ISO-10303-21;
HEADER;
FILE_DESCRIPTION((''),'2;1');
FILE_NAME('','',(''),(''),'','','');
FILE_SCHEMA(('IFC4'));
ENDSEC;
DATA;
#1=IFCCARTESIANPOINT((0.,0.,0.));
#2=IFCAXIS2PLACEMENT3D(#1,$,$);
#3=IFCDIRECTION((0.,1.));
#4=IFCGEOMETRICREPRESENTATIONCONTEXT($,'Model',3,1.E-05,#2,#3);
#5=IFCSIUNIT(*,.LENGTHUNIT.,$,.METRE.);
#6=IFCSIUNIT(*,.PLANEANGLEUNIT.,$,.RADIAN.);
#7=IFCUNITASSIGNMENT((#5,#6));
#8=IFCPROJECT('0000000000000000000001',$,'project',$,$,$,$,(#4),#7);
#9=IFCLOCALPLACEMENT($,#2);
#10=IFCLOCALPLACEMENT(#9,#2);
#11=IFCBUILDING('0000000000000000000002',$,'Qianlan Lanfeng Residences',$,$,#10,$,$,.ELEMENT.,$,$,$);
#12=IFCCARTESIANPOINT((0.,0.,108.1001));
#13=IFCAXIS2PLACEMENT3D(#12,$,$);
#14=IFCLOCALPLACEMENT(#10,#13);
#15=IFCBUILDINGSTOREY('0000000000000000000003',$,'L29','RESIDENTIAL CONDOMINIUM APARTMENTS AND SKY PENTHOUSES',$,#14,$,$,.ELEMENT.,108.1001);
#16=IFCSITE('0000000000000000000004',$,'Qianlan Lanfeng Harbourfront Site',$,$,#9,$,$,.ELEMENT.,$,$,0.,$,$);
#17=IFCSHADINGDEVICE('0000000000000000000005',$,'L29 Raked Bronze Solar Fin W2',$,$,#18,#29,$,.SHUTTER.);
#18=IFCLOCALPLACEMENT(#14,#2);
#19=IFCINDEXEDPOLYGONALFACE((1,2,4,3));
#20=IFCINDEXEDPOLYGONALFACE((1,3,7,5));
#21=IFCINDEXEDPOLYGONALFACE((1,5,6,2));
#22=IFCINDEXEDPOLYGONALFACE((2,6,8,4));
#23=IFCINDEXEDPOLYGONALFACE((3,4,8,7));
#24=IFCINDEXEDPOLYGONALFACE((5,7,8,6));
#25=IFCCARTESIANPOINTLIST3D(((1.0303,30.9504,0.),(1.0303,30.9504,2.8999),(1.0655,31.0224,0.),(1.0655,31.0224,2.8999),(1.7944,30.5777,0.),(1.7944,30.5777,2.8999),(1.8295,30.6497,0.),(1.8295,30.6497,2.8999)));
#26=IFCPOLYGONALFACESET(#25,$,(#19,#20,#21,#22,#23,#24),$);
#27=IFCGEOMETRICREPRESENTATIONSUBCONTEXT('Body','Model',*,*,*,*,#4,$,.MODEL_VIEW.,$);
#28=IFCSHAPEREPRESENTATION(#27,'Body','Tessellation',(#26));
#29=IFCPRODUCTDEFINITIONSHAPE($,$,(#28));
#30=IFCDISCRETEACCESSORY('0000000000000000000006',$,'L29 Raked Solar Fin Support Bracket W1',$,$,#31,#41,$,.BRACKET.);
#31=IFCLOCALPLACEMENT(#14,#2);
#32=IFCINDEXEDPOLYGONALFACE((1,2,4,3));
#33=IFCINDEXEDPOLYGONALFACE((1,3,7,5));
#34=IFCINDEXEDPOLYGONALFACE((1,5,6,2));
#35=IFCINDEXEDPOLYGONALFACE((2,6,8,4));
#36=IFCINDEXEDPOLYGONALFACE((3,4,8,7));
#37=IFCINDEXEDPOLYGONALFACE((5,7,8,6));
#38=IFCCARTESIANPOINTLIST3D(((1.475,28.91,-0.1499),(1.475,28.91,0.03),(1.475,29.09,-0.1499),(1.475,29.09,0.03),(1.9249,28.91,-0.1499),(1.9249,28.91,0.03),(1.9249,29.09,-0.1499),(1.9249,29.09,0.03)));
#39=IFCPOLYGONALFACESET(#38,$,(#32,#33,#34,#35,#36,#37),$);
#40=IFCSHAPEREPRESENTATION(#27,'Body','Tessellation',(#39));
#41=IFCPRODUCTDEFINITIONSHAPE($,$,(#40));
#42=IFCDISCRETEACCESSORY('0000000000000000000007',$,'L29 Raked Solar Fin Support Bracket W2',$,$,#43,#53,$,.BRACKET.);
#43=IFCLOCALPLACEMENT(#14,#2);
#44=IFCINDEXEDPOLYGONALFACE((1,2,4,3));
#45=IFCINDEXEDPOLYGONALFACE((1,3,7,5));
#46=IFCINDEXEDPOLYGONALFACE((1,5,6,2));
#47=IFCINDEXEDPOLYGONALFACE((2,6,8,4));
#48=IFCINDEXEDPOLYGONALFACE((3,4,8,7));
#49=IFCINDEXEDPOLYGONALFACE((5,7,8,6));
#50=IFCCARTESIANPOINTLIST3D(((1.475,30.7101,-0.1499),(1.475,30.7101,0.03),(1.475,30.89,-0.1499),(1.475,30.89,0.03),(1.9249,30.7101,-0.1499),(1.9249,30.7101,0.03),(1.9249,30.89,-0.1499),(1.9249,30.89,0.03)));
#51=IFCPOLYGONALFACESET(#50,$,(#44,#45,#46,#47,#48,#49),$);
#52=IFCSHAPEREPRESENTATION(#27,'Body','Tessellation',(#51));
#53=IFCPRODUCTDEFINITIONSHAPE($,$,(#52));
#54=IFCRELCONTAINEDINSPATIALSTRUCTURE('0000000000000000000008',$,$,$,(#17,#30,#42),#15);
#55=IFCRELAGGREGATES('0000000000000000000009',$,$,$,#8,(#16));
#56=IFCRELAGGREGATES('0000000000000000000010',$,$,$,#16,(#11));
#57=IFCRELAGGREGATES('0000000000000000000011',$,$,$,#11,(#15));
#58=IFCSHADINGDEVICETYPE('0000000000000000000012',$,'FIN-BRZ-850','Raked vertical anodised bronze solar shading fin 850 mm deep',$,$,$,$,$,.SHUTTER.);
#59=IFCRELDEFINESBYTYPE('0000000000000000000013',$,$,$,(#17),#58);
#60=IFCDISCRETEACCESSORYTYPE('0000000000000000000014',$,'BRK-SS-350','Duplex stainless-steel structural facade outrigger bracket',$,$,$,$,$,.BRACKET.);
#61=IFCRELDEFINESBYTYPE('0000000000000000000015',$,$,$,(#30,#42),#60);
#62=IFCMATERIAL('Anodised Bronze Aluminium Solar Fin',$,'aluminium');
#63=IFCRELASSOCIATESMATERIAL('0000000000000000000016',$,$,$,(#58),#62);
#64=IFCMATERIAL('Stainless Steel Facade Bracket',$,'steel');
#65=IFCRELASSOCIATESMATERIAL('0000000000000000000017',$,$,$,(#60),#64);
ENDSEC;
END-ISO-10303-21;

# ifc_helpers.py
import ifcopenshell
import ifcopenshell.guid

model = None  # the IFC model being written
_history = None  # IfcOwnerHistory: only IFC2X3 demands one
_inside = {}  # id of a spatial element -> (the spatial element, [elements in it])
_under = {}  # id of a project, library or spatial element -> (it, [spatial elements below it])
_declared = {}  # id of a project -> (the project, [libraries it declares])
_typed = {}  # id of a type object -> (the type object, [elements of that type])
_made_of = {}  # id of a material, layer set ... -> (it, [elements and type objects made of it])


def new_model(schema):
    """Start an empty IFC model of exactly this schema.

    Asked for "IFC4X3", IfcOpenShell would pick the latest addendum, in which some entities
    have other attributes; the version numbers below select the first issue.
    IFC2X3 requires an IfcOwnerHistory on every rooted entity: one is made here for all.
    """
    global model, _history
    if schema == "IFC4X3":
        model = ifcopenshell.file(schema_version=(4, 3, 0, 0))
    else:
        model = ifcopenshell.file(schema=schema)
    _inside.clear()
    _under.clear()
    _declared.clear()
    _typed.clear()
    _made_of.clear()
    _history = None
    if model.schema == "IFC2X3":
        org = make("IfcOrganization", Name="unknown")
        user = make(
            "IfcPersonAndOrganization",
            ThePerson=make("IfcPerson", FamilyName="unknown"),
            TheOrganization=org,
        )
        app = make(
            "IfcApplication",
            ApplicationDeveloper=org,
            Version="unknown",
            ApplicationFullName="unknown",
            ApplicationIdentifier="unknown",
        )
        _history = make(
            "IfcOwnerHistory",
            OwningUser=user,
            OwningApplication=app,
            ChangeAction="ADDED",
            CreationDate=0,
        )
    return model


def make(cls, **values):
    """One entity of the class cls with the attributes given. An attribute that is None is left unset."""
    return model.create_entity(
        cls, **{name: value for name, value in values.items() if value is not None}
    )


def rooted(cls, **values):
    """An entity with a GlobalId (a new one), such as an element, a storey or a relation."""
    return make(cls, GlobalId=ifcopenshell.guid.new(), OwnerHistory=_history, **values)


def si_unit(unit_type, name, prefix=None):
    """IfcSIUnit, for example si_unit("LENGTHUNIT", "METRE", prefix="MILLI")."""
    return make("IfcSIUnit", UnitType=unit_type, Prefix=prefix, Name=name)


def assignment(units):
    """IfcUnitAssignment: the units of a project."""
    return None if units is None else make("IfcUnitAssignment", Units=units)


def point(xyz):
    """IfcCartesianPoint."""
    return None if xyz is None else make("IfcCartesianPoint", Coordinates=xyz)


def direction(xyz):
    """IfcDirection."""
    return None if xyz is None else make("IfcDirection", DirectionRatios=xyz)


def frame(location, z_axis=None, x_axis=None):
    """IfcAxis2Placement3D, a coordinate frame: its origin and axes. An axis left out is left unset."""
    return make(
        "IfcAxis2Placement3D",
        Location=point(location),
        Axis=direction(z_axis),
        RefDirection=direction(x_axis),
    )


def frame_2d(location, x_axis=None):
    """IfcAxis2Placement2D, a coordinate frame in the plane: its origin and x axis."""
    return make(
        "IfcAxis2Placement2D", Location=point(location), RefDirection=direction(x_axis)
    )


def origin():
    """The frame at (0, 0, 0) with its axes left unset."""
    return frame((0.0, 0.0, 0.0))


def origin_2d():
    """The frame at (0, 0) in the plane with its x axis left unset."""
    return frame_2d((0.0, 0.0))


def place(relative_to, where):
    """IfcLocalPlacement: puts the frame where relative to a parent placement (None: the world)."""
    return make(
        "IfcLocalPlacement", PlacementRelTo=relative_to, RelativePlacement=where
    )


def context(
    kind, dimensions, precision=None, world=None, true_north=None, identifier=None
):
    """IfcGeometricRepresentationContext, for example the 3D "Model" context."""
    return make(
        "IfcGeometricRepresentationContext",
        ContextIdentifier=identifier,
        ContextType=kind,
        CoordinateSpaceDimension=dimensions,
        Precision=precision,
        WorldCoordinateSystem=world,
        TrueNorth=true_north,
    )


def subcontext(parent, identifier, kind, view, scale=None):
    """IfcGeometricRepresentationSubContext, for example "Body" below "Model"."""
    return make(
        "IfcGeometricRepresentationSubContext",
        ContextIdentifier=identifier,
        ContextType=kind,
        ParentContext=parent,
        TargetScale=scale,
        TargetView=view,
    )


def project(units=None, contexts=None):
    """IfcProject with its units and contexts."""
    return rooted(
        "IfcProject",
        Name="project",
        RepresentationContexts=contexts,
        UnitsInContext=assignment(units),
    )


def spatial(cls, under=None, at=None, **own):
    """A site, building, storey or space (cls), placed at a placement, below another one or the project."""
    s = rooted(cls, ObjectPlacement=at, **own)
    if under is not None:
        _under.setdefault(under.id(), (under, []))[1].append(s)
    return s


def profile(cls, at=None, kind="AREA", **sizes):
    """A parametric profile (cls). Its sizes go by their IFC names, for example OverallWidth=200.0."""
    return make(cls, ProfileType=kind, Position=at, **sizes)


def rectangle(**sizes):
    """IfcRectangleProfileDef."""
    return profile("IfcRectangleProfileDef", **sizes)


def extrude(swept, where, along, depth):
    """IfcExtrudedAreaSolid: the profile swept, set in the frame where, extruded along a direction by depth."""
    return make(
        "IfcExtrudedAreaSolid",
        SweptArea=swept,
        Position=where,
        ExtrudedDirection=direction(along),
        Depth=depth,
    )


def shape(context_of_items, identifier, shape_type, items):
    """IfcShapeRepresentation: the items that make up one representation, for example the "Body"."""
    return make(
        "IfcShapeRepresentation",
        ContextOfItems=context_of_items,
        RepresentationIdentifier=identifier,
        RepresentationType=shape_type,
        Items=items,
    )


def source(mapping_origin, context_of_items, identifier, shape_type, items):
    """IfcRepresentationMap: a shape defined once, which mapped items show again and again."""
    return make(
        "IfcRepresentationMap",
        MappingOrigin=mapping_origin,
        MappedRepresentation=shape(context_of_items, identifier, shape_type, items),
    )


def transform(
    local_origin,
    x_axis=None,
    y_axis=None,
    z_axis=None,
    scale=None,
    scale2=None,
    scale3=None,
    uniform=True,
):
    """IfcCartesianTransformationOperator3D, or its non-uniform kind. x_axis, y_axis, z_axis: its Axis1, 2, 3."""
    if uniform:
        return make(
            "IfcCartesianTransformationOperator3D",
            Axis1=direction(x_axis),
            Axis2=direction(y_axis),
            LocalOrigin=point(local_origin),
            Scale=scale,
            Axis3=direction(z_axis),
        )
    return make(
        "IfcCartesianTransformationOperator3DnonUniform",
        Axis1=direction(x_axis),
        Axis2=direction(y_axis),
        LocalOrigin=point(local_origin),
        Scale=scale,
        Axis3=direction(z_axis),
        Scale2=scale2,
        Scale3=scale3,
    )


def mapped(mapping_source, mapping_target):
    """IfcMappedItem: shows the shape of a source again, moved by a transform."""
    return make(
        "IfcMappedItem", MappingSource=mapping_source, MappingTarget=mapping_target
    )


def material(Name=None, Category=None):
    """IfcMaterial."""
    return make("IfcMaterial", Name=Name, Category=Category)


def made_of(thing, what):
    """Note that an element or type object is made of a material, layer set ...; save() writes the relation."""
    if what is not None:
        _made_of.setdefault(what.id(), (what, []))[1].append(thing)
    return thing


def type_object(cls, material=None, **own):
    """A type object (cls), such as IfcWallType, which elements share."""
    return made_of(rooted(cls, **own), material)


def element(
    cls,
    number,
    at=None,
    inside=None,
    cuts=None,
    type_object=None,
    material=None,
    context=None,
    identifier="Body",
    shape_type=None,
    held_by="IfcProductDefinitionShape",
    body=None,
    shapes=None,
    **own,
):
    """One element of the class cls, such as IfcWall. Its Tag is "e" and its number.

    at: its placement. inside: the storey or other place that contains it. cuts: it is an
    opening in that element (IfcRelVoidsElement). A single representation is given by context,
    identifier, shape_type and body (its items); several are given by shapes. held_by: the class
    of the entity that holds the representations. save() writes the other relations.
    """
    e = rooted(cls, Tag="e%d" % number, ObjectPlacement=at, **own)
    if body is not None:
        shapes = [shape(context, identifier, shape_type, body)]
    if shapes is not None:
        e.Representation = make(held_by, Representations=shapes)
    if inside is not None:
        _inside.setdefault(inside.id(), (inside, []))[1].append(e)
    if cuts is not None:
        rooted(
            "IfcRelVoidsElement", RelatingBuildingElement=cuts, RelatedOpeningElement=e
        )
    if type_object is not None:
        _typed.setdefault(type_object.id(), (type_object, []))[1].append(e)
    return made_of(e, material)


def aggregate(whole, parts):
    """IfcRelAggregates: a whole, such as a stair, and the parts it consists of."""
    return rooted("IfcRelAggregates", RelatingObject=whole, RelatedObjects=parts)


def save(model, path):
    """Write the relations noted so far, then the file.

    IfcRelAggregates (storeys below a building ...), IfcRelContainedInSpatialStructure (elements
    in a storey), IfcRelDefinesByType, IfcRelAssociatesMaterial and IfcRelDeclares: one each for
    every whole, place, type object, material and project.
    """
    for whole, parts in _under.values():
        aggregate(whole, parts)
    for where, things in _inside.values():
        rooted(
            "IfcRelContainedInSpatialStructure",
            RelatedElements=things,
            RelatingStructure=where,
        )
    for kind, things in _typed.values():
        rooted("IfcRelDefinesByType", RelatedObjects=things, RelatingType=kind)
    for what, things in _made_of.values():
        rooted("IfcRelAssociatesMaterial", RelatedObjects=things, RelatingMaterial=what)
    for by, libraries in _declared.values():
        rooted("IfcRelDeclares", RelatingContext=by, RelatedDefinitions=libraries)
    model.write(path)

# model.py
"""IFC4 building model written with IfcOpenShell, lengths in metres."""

from ifc_helpers import new_model, si_unit, direction, frame, origin, origin_2d, place, context, subcontext, project, spatial, rectangle, extrude, source, transform, mapped, material, type_object, element, save


model = new_model("IFC4")

# Units and contexts
model_context = context("Model", 3, precision=1e-05, world=origin(), true_north=direction((0.0, 1.0)))
body_context = subcontext(model_context, "Body", "Model", "MODEL_VIEW")
ifc_project = project(units=[si_unit("LENGTHUNIT", "METRE"), si_unit("PLANEANGLEUNIT", "RADIAN")], contexts=[model_context])

# Site, building, storey
site_placement = place(None, origin())
site = spatial("IfcSite", under=ifc_project, at=site_placement, Name="Qianlan Lanfeng Harbourfront Site", CompositionType="ELEMENT", RefElevation=0.0)
building_placement = place(site_placement, origin())
building = spatial("IfcBuilding", under=site, at=building_placement, Name="Qianlan Lanfeng Residences", CompositionType="ELEMENT")
storey_placement = place(building_placement, frame((0.0, 0.0, 108.1001)))
storey = spatial("IfcBuildingStorey", under=building, at=storey_placement, Name="L29", Description="RESIDENTIAL CONDOMINIUM APARTMENTS AND SKY PENTHOUSES", CompositionType="ELEMENT", Elevation=108.1001)

# Shading device
ifc_material_1 = material(Name="Anodised Bronze Aluminium Solar Fin", Category="aluminium")
shading_device_type = type_object("IfcShadingDeviceType", Name="FIN-BRZ-850", Description="Raked vertical anodised bronze solar shading fin 850 mm deep", PredefinedType="SHUTTER", material=ifc_material_1)
shared_shape_1 = source(origin(), body_context, "Body", "SweptSolid", [
    extrude(rectangle(XDim=0.8501, YDim=0.0801, at=origin_2d()), origin(), (0.0, 0.0, 1.0), 2.8999),
])
for number, where, z_axis, x_axis, name in (
    (1, (1.4299, 30.8, 0.0), (0.0, 0.0, 1.0), (0.898794, -0.438371, 0.0), "L29 Raked Bronze Solar Fin W2"),
):
    element("IfcShadingDevice", number, at=place(storey_placement, frame(where, z_axis=z_axis, x_axis=x_axis)), inside=storey, type_object=shading_device_type, Name=name, PredefinedType="SHUTTER", context=body_context, shape_type="MappedRepresentation", body=[
        mapped(shared_shape_1, transform((0.0, 0.0, 0.0), scale=1.0)),
    ])

# Discrete accessories
ifc_material_2 = material(Name="Stainless Steel Facade Bracket", Category="steel")
discrete_accessory_type = type_object("IfcDiscreteAccessoryType", Name="BRK-SS-350", Description="Duplex stainless-steel structural facade outrigger bracket", PredefinedType="BRACKET", material=ifc_material_2)
shared_shape_2 = source(origin(), body_context, "Body", "SweptSolid", [
    extrude(rectangle(XDim=0.45, YDim=0.1799, at=origin_2d()), origin(), (0.0, 0.0, 1.0), 0.1799),
])
for number, where, z_axis, x_axis, name in (
    (2, (1.7, 29.0, -0.1499), (0.0, 0.0, 1.0), (1.0, 0.0, 0.0), "L29 Raked Solar Fin Support Bracket W1"),
    (3, (1.7, 30.8, -0.1499), (0.0, 0.0, 1.0), (1.0, 0.0, 0.0), "L29 Raked Solar Fin Support Bracket W2"),
):
    element("IfcDiscreteAccessory", number, at=place(storey_placement, frame(where, z_axis=z_axis, x_axis=x_axis)), inside=storey, type_object=discrete_accessory_type, Name=name, PredefinedType="BRACKET", context=body_context, shape_type="MappedRepresentation", body=[
        mapped(shared_shape_2, transform((0.0, 0.0, 0.0), scale=1.0)),
    ])

save(model, "model.ifc")
